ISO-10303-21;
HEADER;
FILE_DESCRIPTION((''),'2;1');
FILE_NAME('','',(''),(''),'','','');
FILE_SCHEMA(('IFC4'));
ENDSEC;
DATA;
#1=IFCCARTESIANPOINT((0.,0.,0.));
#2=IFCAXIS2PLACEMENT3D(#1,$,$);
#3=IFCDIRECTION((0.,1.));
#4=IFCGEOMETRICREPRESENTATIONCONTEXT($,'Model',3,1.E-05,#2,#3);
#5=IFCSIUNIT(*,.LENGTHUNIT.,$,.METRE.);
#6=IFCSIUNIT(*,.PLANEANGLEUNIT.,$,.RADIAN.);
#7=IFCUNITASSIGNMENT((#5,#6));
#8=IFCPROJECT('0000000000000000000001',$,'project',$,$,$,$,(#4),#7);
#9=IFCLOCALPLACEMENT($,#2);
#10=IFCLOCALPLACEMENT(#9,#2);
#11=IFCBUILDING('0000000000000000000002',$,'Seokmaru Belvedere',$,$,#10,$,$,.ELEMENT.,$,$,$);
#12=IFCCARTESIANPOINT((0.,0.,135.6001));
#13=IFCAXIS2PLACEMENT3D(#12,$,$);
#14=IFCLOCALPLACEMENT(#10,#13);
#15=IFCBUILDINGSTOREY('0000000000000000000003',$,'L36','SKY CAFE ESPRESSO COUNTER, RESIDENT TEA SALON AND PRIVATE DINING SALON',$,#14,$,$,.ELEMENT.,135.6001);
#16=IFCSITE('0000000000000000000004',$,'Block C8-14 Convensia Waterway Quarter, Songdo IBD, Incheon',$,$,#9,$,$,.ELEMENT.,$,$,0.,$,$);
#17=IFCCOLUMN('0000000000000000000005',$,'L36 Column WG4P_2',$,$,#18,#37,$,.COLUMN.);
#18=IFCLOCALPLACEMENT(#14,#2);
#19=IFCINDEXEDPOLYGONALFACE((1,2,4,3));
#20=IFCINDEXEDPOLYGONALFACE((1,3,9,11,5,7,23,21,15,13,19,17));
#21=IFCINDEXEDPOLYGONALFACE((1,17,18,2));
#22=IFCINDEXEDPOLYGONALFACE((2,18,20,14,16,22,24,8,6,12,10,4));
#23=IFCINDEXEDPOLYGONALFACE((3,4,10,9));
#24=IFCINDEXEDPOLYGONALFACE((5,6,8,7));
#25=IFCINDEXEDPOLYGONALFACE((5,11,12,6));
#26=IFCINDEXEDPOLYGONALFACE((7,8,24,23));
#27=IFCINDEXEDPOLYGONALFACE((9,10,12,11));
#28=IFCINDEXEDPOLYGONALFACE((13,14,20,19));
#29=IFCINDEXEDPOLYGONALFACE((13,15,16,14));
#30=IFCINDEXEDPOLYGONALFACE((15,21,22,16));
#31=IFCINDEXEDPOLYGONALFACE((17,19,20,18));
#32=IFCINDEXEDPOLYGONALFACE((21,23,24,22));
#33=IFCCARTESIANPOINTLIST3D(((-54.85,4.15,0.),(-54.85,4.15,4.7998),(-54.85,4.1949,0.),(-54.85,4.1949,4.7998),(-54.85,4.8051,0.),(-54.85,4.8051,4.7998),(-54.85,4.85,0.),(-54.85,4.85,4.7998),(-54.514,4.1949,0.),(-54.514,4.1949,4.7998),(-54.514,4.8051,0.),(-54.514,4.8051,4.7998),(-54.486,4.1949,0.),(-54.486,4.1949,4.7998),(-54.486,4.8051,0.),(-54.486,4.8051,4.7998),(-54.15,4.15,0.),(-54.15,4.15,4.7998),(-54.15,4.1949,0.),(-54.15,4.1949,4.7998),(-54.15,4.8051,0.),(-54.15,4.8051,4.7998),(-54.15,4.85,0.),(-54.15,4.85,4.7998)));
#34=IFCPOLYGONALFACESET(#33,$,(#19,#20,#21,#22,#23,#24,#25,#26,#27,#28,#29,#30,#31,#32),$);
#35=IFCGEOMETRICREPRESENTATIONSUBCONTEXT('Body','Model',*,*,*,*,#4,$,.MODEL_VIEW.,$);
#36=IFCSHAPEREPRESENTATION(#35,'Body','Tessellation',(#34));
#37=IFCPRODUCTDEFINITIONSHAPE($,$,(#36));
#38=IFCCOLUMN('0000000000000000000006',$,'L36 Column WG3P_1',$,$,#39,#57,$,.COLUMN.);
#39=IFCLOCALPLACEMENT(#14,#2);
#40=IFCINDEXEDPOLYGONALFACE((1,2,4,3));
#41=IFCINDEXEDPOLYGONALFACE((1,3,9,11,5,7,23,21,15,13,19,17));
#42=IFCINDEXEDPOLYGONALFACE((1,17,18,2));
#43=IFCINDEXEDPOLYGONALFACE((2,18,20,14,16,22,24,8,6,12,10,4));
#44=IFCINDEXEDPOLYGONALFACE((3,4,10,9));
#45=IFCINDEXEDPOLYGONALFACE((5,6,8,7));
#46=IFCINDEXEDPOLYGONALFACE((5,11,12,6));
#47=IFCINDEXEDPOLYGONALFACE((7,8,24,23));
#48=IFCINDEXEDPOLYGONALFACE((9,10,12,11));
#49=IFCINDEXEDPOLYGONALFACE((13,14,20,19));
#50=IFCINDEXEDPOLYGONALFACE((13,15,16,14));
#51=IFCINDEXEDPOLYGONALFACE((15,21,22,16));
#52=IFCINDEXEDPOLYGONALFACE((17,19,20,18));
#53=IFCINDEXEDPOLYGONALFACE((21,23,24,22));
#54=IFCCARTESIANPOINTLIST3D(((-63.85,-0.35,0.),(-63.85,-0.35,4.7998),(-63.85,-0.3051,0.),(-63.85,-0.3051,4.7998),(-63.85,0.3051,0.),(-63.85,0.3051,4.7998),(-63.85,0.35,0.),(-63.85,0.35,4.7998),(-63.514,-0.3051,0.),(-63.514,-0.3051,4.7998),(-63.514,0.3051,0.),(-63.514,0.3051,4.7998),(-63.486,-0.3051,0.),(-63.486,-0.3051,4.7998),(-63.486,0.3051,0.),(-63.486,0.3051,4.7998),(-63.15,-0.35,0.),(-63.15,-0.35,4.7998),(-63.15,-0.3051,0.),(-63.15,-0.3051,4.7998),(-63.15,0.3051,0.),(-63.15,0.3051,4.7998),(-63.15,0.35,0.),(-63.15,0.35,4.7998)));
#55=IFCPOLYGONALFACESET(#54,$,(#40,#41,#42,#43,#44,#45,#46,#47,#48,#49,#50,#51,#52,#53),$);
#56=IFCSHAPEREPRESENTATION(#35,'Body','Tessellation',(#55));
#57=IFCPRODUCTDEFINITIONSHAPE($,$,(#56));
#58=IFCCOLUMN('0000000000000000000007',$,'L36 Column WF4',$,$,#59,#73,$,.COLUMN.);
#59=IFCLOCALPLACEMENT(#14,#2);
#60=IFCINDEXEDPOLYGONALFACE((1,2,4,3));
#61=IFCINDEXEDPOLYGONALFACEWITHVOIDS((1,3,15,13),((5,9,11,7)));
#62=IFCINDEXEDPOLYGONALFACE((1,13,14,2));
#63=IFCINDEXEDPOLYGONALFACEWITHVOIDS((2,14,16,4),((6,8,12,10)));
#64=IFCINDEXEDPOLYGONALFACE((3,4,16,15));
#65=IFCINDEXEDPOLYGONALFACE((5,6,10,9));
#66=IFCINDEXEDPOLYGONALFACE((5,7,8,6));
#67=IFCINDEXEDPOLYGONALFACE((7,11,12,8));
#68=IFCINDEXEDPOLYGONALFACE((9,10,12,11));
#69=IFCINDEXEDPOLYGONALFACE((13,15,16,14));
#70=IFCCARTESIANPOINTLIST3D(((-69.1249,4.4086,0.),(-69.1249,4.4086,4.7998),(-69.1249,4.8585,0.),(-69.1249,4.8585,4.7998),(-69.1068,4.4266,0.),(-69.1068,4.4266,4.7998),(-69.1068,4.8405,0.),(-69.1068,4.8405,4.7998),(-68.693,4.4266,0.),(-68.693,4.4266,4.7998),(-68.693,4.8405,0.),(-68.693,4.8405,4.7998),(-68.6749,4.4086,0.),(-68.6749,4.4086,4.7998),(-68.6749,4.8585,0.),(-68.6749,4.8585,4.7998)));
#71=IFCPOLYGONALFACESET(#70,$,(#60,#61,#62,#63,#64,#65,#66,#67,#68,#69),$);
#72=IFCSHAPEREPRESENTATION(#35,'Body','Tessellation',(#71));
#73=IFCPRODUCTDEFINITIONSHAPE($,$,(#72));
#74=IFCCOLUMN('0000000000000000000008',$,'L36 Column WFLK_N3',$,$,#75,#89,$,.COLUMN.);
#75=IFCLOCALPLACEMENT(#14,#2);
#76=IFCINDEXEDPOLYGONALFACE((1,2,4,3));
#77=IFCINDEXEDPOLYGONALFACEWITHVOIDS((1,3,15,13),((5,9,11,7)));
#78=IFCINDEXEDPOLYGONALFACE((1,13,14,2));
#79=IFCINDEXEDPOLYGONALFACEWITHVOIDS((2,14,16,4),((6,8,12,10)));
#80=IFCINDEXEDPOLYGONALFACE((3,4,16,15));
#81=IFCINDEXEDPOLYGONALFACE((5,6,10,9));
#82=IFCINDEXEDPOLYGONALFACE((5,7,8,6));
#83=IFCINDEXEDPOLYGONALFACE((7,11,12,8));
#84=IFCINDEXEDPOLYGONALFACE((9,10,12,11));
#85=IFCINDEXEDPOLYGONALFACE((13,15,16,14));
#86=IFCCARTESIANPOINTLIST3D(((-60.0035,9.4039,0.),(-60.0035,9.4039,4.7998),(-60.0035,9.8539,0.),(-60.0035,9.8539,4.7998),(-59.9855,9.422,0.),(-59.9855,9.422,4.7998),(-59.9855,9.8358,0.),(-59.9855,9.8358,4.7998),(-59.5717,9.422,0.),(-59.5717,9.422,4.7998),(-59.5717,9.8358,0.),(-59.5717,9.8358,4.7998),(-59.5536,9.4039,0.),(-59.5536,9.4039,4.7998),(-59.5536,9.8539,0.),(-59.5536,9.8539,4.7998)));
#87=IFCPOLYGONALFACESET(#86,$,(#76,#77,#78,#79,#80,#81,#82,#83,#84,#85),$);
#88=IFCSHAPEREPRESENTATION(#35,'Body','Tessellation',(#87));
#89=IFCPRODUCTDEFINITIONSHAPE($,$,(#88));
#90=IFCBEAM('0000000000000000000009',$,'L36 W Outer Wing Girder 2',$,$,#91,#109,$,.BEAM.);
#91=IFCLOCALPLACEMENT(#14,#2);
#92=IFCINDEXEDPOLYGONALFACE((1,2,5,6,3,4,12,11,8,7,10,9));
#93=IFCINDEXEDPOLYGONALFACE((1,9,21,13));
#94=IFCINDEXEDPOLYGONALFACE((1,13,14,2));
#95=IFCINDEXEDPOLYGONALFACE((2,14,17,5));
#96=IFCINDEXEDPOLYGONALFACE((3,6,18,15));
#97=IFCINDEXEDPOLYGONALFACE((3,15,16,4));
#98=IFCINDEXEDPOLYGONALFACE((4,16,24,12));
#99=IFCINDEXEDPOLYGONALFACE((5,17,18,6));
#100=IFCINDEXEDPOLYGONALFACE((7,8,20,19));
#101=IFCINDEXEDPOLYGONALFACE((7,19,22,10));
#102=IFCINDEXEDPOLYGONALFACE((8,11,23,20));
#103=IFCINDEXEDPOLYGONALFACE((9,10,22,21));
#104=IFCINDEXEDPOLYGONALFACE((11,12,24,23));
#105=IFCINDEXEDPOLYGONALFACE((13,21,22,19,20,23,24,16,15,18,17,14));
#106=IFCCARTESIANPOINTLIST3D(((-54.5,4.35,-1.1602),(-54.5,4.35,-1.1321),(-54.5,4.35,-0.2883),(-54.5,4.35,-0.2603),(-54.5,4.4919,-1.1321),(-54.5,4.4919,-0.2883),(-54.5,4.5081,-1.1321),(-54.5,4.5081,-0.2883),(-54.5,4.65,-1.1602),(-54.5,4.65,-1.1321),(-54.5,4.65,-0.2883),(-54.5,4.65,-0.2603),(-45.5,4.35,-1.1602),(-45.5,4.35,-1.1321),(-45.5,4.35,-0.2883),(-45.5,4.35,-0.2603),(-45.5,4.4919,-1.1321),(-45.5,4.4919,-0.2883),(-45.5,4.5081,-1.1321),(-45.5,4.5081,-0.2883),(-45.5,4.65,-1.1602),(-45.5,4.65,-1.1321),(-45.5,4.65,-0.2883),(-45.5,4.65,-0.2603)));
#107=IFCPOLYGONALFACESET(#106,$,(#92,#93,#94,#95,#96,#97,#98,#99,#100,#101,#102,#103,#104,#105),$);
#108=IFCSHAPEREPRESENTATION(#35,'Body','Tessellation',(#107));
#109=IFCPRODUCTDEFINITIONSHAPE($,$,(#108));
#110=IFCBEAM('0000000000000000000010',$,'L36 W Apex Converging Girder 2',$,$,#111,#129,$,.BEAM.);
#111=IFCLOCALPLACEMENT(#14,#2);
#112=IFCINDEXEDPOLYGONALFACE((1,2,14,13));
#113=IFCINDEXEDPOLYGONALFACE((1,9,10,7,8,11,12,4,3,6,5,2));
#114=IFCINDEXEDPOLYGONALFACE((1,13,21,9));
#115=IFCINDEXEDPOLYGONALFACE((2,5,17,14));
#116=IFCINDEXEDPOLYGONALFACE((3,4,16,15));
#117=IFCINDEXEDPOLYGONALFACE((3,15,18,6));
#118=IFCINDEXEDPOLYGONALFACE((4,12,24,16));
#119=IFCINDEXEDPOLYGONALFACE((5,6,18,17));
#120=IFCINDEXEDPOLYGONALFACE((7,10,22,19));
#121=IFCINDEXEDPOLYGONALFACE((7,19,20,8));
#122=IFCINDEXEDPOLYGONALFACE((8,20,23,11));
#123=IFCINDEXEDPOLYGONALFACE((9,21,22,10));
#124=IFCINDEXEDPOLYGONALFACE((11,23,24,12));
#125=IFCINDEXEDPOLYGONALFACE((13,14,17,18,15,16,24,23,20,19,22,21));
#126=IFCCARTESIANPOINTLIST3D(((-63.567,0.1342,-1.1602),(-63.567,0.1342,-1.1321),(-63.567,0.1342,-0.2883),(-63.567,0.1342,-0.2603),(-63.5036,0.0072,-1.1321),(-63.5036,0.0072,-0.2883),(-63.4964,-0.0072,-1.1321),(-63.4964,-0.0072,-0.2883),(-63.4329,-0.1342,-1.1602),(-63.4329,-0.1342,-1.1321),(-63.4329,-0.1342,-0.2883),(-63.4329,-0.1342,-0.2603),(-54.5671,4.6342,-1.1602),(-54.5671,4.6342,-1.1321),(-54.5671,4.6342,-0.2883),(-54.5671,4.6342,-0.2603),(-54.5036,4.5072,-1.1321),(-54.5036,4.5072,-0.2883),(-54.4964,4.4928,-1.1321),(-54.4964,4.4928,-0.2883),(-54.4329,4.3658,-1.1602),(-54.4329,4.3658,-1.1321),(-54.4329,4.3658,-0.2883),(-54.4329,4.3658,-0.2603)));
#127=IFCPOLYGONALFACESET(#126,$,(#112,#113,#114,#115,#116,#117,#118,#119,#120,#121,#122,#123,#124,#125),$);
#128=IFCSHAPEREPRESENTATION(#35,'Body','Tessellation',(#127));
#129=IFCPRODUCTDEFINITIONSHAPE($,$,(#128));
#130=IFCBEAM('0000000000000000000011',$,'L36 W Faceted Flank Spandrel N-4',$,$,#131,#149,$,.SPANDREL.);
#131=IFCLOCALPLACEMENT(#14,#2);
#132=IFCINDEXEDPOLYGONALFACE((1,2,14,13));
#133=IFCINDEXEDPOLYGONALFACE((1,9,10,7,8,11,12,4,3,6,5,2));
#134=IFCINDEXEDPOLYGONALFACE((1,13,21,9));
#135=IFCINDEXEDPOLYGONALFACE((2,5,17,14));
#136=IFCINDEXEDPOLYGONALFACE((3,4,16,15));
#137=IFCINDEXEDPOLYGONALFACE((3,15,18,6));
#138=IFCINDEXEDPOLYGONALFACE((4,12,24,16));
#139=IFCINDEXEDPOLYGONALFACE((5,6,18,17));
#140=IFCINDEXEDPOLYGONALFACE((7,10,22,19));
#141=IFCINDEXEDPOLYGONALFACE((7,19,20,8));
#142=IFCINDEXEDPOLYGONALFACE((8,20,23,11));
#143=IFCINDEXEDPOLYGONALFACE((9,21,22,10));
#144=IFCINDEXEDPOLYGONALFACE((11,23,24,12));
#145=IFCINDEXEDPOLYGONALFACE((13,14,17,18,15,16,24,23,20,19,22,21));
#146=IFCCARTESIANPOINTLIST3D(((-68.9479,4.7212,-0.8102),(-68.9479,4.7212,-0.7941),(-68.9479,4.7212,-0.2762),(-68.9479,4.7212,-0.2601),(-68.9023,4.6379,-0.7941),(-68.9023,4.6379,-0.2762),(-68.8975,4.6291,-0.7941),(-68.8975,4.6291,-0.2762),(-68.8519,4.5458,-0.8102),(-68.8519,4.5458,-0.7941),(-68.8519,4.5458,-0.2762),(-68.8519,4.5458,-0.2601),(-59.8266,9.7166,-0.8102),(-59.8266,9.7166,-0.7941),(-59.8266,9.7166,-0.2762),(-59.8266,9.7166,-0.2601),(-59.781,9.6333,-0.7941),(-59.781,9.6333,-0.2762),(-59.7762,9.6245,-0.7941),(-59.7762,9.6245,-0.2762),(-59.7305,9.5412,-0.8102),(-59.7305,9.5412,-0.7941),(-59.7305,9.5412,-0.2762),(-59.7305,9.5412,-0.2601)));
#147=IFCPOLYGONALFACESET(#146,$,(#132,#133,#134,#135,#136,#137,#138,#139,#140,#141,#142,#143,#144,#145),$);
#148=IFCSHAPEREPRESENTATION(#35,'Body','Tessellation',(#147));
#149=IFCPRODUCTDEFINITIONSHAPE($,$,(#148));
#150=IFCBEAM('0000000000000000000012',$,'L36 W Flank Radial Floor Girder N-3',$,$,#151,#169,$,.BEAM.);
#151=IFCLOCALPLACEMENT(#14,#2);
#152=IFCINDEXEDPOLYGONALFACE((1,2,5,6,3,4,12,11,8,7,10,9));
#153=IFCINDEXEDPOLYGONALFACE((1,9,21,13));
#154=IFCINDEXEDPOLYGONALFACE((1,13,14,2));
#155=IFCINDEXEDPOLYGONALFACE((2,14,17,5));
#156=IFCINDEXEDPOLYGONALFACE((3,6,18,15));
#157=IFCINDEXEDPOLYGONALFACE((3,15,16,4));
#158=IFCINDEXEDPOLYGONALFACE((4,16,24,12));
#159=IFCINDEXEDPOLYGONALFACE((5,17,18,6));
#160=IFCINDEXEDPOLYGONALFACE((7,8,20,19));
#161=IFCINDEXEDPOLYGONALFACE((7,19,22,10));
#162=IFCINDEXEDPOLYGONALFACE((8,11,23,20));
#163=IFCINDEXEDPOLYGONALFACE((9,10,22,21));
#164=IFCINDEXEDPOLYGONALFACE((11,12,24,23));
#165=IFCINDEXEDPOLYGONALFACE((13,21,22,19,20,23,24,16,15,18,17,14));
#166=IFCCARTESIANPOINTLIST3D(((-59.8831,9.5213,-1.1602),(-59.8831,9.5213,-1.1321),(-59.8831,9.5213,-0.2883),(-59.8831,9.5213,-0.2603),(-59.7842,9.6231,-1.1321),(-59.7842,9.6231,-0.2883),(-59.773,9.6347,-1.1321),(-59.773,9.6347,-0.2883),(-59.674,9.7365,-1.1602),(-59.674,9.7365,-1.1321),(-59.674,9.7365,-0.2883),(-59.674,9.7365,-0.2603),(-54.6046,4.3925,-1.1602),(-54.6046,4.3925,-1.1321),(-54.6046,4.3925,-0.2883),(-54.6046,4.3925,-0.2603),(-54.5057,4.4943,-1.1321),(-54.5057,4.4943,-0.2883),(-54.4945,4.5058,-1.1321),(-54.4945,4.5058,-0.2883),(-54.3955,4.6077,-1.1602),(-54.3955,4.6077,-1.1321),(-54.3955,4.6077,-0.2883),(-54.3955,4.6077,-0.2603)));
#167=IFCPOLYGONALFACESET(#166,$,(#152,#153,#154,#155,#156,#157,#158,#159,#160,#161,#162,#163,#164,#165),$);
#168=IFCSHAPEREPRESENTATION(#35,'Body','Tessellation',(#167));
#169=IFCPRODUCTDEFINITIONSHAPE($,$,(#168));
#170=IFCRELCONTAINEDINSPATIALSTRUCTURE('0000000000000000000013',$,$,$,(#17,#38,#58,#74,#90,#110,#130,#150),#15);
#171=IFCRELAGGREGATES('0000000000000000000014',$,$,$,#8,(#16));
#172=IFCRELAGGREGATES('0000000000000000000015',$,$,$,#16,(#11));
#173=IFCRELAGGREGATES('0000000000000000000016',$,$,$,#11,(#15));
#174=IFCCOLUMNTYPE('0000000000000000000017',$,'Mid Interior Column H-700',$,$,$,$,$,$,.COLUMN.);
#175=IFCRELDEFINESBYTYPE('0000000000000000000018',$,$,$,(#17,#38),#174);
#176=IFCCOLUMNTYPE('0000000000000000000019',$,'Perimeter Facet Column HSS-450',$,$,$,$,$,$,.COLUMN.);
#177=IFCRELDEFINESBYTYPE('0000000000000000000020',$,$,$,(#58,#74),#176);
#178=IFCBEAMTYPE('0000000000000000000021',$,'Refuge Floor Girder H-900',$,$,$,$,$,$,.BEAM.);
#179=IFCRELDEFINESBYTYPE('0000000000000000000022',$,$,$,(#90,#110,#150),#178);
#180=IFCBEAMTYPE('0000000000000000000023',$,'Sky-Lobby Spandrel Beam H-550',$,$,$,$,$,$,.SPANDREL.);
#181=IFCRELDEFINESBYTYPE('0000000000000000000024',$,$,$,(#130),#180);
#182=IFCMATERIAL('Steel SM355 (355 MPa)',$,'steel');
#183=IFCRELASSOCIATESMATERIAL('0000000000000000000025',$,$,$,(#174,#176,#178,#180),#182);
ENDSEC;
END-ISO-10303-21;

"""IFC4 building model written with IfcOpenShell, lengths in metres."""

from ifc_helpers import new_model, si_unit, direction, frame, origin, origin_2d, place, context, subcontext, project, spatial, hollow_rectangle, i_section, extrude, source, transform, mapped, material, material_profile, profile_set, type_object, type_shapes, element, save


model = new_model("IFC4")

# Units and contexts
model_context = context("Model", 3, precision=1e-05, world=origin(), true_north=direction((0.0, 1.0)))
body_context = subcontext(model_context, "Body", "Model", "MODEL_VIEW")
ifc_project = project(units=[si_unit("LENGTHUNIT", "METRE"), si_unit("PLANEANGLEUNIT", "RADIAN")], contexts=[model_context])

# Site, building, storey
site_placement = place(None, origin())
site = spatial("IfcSite", under=ifc_project, at=site_placement, Name="Block C8-14 Convensia Waterway Quarter, Songdo IBD, Incheon", CompositionType="ELEMENT", RefElevation=0.0)
building_placement = place(site_placement, origin())
building = spatial("IfcBuilding", under=site, at=building_placement, Name="Seokmaru Belvedere", CompositionType="ELEMENT")
storey_placement = place(building_placement, frame((0.0, 0.0, 135.6001)))
storey = spatial("IfcBuildingStorey", under=building, at=storey_placement, Name="L36", Description="SKY CAFE ESPRESSO COUNTER, RESIDENT TEA SALON AND PRIVATE DINING SALON", CompositionType="ELEMENT", Elevation=135.6001)

# Columns
ifc_material_1 = material(Name="Steel SM355 (355 MPa)", Category="steel")
ifc_material_profile_1 = material_profile(ifc_material_1, i_section(OverallWidth=0.7, OverallDepth=0.7, WebThickness=0.0281, FlangeThickness=0.0449, at=origin_2d()), Name="H-700x700x28x45")
ifc_profile_set_1 = profile_set([ifc_material_profile_1], Name="Steel SM355 (355 MPa)")
column_type_1 = type_object("IfcColumnType", Name="Mid Interior Column H-700", PredefinedType="COLUMN", material=ifc_profile_set_1)
shared_shape_1 = source(origin(), body_context, "Body", "SweptSolid", [
    extrude(i_section(OverallWidth=0.7, OverallDepth=0.7, WebThickness=0.0281, FlangeThickness=0.0449, at=origin_2d()), origin(), (0.0, 0.0, 1.0), 4.7998),
])
type_shapes(column_type_1, [shared_shape_1])
for number, where, z_axis, x_axis, name in (
    (1, (-54.5, 4.5, 0.0), (0.0, 0.0, 1.0), (1.0, 0.0, 0.0), "L36 Column WG4P_2"),
    (2, (-63.5, 0.0, 0.0), (0.0, 0.0, 1.0), (1.0, 0.0, 0.0), "L36 Column WG3P_1"),
):
    element("IfcColumn", number, at=place(storey_placement, frame(where, z_axis=z_axis, x_axis=x_axis)), inside=storey, type_object=column_type_1, Name=name, PredefinedType="COLUMN", context=body_context, shape_type="MappedRepresentation", body=[
        mapped(shared_shape_1, transform((0.0, 0.0, 0.0), scale=1.0)),
    ])
ifc_material_profile_2 = material_profile(ifc_material_1, hollow_rectangle(XDim=0.45, YDim=0.45, WallThickness=0.0181, at=origin_2d()), Name="HSS-450x450x18")
ifc_profile_set_2 = profile_set([ifc_material_profile_2], Name="Steel SM355 (355 MPa)")
column_type_2 = type_object("IfcColumnType", Name="Perimeter Facet Column HSS-450", PredefinedType="COLUMN", material=ifc_profile_set_2)
shared_shape_2 = source(origin(), body_context, "Body", "SweptSolid", [
    extrude(hollow_rectangle(XDim=0.45, YDim=0.45, WallThickness=0.0181, at=origin_2d()), origin(), (0.0, 0.0, 1.0), 4.7998),
])
type_shapes(column_type_2, [shared_shape_2])
for number, where, z_axis, x_axis, name in (
    (3, (-68.8999, 4.6335, 0.0), (0.0, 0.0, 1.0), (1.0, 0.0, 0.0), "L36 Column WF4"),
    (4, (-59.7786, 9.6289, 0.0), (0.0, 0.0, 1.0), (1.0, 0.0, 0.0), "L36 Column WFLK_N3"),
):
    element("IfcColumn", number, at=place(storey_placement, frame(where, z_axis=z_axis, x_axis=x_axis)), inside=storey, type_object=column_type_2, Name=name, PredefinedType="COLUMN", context=body_context, shape_type="MappedRepresentation", body=[
        mapped(shared_shape_2, transform((0.0, 0.0, 0.0), scale=1.0)),
    ])

# Beams
ifc_material_profile_3 = material_profile(ifc_material_1, i_section(OverallWidth=0.3, OverallDepth=0.8999, WebThickness=0.0161, FlangeThickness=0.0281, at=origin_2d()), Name="H-900x300x16x28")
ifc_profile_set_3 = profile_set([ifc_material_profile_3], Name="Steel SM355 (355 MPa)")
beam_type_1 = type_object("IfcBeamType", Name="Refuge Floor Girder H-900", PredefinedType="BEAM", material=ifc_profile_set_3)
shared_shape_3 = source(origin(), body_context, "Body", "SweptSolid", [
    extrude(i_section(OverallWidth=0.3, OverallDepth=0.8999, WebThickness=0.0161, FlangeThickness=0.0281, at=origin_2d()), origin(), (0.0, 0.0, 1.0), 9.0),
])
beam_1_placement = place(storey_placement, frame((-54.5, 4.5, -0.7102), z_axis=(1.0, 0.0, 0.0), x_axis=(0.0, 1.0, 0.0)))
element("IfcBeam", 5, at=beam_1_placement, inside=storey, type_object=beam_type_1, Name="L36 W Outer Wing Girder 2", PredefinedType="BEAM", context=body_context, shape_type="MappedRepresentation", body=[
    mapped(shared_shape_3, transform((0.0, 0.0, 0.0), scale=1.0)),
])
shared_shape_4 = source(origin(), body_context, "Body", "SweptSolid", [
    extrude(i_section(OverallWidth=0.3, OverallDepth=0.8999, WebThickness=0.0161, FlangeThickness=0.0281, at=origin_2d()), origin(), (0.0, 0.0, 1.0), 10.0623),
])
beam_2_placement = place(storey_placement, frame((-54.5, 4.5, -0.7102), z_axis=(-0.894427, -0.447214, 0.0), x_axis=(0.447214, -0.894427, 0.0)))
element("IfcBeam", 6, at=beam_2_placement, inside=storey, type_object=beam_type_1, Name="L36 W Apex Converging Girder 2", PredefinedType="BEAM", context=body_context, shape_type="MappedRepresentation", body=[
    mapped(shared_shape_4, transform((0.0, 0.0, 0.0), scale=1.0)),
])
ifc_material_profile_4 = material_profile(ifc_material_1, i_section(OverallWidth=0.2, OverallDepth=0.55, WebThickness=0.01, FlangeThickness=0.0161, at=origin_2d()), Name="H-550x200x10x16")
ifc_profile_set_4 = profile_set([ifc_material_profile_4], Name="Steel SM355 (355 MPa)")
beam_type_2 = type_object("IfcBeamType", Name="Sky-Lobby Spandrel Beam H-550", PredefinedType="SPANDREL", material=ifc_profile_set_4)
shared_shape_5 = source(origin(), body_context, "Body", "SweptSolid", [
    extrude(i_section(OverallWidth=0.2, OverallDepth=0.55, WebThickness=0.01, FlangeThickness=0.0161, at=origin_2d()), origin(), (0.0, 0.0, 1.0), 10.3997),
])
type_shapes(beam_type_2, [shared_shape_5])
beam_3_placement = place(storey_placement, frame((-59.7786, 9.6289, -0.5352), z_axis=(-0.877082, -0.48034, 0.0), x_axis=(0.48034, -0.877082, 0.0)))
element("IfcBeam", 7, at=beam_3_placement, inside=storey, type_object=beam_type_2, Name="L36 W Faceted Flank Spandrel N-4", PredefinedType="SPANDREL", context=body_context, shape_type="MappedRepresentation", body=[
    mapped(shared_shape_5, transform((0.0, 0.0, 0.0), scale=1.0)),
])
shared_shape_6 = source(origin(), body_context, "Body", "SweptSolid", [
    extrude(i_section(OverallWidth=0.3, OverallDepth=0.8999, WebThickness=0.0161, FlangeThickness=0.0281, at=origin_2d()), origin(), (0.0, 0.0, 1.0), 7.3599),
])
beam_4_placement = place(storey_placement, frame((-59.7786, 9.6289, -0.7102), z_axis=(0.717201, -0.696867, 0.0), x_axis=(0.696867, 0.717201, 0.0)))
element("IfcBeam", 8, at=beam_4_placement, inside=storey, type_object=beam_type_1, Name="L36 W Flank Radial Floor Girder N-3", PredefinedType="BEAM", context=body_context, shape_type="MappedRepresentation", body=[
    mapped(shared_shape_6, transform((0.0, 0.0, 0.0), scale=1.0)),
])

save(model, "model.ifc")
